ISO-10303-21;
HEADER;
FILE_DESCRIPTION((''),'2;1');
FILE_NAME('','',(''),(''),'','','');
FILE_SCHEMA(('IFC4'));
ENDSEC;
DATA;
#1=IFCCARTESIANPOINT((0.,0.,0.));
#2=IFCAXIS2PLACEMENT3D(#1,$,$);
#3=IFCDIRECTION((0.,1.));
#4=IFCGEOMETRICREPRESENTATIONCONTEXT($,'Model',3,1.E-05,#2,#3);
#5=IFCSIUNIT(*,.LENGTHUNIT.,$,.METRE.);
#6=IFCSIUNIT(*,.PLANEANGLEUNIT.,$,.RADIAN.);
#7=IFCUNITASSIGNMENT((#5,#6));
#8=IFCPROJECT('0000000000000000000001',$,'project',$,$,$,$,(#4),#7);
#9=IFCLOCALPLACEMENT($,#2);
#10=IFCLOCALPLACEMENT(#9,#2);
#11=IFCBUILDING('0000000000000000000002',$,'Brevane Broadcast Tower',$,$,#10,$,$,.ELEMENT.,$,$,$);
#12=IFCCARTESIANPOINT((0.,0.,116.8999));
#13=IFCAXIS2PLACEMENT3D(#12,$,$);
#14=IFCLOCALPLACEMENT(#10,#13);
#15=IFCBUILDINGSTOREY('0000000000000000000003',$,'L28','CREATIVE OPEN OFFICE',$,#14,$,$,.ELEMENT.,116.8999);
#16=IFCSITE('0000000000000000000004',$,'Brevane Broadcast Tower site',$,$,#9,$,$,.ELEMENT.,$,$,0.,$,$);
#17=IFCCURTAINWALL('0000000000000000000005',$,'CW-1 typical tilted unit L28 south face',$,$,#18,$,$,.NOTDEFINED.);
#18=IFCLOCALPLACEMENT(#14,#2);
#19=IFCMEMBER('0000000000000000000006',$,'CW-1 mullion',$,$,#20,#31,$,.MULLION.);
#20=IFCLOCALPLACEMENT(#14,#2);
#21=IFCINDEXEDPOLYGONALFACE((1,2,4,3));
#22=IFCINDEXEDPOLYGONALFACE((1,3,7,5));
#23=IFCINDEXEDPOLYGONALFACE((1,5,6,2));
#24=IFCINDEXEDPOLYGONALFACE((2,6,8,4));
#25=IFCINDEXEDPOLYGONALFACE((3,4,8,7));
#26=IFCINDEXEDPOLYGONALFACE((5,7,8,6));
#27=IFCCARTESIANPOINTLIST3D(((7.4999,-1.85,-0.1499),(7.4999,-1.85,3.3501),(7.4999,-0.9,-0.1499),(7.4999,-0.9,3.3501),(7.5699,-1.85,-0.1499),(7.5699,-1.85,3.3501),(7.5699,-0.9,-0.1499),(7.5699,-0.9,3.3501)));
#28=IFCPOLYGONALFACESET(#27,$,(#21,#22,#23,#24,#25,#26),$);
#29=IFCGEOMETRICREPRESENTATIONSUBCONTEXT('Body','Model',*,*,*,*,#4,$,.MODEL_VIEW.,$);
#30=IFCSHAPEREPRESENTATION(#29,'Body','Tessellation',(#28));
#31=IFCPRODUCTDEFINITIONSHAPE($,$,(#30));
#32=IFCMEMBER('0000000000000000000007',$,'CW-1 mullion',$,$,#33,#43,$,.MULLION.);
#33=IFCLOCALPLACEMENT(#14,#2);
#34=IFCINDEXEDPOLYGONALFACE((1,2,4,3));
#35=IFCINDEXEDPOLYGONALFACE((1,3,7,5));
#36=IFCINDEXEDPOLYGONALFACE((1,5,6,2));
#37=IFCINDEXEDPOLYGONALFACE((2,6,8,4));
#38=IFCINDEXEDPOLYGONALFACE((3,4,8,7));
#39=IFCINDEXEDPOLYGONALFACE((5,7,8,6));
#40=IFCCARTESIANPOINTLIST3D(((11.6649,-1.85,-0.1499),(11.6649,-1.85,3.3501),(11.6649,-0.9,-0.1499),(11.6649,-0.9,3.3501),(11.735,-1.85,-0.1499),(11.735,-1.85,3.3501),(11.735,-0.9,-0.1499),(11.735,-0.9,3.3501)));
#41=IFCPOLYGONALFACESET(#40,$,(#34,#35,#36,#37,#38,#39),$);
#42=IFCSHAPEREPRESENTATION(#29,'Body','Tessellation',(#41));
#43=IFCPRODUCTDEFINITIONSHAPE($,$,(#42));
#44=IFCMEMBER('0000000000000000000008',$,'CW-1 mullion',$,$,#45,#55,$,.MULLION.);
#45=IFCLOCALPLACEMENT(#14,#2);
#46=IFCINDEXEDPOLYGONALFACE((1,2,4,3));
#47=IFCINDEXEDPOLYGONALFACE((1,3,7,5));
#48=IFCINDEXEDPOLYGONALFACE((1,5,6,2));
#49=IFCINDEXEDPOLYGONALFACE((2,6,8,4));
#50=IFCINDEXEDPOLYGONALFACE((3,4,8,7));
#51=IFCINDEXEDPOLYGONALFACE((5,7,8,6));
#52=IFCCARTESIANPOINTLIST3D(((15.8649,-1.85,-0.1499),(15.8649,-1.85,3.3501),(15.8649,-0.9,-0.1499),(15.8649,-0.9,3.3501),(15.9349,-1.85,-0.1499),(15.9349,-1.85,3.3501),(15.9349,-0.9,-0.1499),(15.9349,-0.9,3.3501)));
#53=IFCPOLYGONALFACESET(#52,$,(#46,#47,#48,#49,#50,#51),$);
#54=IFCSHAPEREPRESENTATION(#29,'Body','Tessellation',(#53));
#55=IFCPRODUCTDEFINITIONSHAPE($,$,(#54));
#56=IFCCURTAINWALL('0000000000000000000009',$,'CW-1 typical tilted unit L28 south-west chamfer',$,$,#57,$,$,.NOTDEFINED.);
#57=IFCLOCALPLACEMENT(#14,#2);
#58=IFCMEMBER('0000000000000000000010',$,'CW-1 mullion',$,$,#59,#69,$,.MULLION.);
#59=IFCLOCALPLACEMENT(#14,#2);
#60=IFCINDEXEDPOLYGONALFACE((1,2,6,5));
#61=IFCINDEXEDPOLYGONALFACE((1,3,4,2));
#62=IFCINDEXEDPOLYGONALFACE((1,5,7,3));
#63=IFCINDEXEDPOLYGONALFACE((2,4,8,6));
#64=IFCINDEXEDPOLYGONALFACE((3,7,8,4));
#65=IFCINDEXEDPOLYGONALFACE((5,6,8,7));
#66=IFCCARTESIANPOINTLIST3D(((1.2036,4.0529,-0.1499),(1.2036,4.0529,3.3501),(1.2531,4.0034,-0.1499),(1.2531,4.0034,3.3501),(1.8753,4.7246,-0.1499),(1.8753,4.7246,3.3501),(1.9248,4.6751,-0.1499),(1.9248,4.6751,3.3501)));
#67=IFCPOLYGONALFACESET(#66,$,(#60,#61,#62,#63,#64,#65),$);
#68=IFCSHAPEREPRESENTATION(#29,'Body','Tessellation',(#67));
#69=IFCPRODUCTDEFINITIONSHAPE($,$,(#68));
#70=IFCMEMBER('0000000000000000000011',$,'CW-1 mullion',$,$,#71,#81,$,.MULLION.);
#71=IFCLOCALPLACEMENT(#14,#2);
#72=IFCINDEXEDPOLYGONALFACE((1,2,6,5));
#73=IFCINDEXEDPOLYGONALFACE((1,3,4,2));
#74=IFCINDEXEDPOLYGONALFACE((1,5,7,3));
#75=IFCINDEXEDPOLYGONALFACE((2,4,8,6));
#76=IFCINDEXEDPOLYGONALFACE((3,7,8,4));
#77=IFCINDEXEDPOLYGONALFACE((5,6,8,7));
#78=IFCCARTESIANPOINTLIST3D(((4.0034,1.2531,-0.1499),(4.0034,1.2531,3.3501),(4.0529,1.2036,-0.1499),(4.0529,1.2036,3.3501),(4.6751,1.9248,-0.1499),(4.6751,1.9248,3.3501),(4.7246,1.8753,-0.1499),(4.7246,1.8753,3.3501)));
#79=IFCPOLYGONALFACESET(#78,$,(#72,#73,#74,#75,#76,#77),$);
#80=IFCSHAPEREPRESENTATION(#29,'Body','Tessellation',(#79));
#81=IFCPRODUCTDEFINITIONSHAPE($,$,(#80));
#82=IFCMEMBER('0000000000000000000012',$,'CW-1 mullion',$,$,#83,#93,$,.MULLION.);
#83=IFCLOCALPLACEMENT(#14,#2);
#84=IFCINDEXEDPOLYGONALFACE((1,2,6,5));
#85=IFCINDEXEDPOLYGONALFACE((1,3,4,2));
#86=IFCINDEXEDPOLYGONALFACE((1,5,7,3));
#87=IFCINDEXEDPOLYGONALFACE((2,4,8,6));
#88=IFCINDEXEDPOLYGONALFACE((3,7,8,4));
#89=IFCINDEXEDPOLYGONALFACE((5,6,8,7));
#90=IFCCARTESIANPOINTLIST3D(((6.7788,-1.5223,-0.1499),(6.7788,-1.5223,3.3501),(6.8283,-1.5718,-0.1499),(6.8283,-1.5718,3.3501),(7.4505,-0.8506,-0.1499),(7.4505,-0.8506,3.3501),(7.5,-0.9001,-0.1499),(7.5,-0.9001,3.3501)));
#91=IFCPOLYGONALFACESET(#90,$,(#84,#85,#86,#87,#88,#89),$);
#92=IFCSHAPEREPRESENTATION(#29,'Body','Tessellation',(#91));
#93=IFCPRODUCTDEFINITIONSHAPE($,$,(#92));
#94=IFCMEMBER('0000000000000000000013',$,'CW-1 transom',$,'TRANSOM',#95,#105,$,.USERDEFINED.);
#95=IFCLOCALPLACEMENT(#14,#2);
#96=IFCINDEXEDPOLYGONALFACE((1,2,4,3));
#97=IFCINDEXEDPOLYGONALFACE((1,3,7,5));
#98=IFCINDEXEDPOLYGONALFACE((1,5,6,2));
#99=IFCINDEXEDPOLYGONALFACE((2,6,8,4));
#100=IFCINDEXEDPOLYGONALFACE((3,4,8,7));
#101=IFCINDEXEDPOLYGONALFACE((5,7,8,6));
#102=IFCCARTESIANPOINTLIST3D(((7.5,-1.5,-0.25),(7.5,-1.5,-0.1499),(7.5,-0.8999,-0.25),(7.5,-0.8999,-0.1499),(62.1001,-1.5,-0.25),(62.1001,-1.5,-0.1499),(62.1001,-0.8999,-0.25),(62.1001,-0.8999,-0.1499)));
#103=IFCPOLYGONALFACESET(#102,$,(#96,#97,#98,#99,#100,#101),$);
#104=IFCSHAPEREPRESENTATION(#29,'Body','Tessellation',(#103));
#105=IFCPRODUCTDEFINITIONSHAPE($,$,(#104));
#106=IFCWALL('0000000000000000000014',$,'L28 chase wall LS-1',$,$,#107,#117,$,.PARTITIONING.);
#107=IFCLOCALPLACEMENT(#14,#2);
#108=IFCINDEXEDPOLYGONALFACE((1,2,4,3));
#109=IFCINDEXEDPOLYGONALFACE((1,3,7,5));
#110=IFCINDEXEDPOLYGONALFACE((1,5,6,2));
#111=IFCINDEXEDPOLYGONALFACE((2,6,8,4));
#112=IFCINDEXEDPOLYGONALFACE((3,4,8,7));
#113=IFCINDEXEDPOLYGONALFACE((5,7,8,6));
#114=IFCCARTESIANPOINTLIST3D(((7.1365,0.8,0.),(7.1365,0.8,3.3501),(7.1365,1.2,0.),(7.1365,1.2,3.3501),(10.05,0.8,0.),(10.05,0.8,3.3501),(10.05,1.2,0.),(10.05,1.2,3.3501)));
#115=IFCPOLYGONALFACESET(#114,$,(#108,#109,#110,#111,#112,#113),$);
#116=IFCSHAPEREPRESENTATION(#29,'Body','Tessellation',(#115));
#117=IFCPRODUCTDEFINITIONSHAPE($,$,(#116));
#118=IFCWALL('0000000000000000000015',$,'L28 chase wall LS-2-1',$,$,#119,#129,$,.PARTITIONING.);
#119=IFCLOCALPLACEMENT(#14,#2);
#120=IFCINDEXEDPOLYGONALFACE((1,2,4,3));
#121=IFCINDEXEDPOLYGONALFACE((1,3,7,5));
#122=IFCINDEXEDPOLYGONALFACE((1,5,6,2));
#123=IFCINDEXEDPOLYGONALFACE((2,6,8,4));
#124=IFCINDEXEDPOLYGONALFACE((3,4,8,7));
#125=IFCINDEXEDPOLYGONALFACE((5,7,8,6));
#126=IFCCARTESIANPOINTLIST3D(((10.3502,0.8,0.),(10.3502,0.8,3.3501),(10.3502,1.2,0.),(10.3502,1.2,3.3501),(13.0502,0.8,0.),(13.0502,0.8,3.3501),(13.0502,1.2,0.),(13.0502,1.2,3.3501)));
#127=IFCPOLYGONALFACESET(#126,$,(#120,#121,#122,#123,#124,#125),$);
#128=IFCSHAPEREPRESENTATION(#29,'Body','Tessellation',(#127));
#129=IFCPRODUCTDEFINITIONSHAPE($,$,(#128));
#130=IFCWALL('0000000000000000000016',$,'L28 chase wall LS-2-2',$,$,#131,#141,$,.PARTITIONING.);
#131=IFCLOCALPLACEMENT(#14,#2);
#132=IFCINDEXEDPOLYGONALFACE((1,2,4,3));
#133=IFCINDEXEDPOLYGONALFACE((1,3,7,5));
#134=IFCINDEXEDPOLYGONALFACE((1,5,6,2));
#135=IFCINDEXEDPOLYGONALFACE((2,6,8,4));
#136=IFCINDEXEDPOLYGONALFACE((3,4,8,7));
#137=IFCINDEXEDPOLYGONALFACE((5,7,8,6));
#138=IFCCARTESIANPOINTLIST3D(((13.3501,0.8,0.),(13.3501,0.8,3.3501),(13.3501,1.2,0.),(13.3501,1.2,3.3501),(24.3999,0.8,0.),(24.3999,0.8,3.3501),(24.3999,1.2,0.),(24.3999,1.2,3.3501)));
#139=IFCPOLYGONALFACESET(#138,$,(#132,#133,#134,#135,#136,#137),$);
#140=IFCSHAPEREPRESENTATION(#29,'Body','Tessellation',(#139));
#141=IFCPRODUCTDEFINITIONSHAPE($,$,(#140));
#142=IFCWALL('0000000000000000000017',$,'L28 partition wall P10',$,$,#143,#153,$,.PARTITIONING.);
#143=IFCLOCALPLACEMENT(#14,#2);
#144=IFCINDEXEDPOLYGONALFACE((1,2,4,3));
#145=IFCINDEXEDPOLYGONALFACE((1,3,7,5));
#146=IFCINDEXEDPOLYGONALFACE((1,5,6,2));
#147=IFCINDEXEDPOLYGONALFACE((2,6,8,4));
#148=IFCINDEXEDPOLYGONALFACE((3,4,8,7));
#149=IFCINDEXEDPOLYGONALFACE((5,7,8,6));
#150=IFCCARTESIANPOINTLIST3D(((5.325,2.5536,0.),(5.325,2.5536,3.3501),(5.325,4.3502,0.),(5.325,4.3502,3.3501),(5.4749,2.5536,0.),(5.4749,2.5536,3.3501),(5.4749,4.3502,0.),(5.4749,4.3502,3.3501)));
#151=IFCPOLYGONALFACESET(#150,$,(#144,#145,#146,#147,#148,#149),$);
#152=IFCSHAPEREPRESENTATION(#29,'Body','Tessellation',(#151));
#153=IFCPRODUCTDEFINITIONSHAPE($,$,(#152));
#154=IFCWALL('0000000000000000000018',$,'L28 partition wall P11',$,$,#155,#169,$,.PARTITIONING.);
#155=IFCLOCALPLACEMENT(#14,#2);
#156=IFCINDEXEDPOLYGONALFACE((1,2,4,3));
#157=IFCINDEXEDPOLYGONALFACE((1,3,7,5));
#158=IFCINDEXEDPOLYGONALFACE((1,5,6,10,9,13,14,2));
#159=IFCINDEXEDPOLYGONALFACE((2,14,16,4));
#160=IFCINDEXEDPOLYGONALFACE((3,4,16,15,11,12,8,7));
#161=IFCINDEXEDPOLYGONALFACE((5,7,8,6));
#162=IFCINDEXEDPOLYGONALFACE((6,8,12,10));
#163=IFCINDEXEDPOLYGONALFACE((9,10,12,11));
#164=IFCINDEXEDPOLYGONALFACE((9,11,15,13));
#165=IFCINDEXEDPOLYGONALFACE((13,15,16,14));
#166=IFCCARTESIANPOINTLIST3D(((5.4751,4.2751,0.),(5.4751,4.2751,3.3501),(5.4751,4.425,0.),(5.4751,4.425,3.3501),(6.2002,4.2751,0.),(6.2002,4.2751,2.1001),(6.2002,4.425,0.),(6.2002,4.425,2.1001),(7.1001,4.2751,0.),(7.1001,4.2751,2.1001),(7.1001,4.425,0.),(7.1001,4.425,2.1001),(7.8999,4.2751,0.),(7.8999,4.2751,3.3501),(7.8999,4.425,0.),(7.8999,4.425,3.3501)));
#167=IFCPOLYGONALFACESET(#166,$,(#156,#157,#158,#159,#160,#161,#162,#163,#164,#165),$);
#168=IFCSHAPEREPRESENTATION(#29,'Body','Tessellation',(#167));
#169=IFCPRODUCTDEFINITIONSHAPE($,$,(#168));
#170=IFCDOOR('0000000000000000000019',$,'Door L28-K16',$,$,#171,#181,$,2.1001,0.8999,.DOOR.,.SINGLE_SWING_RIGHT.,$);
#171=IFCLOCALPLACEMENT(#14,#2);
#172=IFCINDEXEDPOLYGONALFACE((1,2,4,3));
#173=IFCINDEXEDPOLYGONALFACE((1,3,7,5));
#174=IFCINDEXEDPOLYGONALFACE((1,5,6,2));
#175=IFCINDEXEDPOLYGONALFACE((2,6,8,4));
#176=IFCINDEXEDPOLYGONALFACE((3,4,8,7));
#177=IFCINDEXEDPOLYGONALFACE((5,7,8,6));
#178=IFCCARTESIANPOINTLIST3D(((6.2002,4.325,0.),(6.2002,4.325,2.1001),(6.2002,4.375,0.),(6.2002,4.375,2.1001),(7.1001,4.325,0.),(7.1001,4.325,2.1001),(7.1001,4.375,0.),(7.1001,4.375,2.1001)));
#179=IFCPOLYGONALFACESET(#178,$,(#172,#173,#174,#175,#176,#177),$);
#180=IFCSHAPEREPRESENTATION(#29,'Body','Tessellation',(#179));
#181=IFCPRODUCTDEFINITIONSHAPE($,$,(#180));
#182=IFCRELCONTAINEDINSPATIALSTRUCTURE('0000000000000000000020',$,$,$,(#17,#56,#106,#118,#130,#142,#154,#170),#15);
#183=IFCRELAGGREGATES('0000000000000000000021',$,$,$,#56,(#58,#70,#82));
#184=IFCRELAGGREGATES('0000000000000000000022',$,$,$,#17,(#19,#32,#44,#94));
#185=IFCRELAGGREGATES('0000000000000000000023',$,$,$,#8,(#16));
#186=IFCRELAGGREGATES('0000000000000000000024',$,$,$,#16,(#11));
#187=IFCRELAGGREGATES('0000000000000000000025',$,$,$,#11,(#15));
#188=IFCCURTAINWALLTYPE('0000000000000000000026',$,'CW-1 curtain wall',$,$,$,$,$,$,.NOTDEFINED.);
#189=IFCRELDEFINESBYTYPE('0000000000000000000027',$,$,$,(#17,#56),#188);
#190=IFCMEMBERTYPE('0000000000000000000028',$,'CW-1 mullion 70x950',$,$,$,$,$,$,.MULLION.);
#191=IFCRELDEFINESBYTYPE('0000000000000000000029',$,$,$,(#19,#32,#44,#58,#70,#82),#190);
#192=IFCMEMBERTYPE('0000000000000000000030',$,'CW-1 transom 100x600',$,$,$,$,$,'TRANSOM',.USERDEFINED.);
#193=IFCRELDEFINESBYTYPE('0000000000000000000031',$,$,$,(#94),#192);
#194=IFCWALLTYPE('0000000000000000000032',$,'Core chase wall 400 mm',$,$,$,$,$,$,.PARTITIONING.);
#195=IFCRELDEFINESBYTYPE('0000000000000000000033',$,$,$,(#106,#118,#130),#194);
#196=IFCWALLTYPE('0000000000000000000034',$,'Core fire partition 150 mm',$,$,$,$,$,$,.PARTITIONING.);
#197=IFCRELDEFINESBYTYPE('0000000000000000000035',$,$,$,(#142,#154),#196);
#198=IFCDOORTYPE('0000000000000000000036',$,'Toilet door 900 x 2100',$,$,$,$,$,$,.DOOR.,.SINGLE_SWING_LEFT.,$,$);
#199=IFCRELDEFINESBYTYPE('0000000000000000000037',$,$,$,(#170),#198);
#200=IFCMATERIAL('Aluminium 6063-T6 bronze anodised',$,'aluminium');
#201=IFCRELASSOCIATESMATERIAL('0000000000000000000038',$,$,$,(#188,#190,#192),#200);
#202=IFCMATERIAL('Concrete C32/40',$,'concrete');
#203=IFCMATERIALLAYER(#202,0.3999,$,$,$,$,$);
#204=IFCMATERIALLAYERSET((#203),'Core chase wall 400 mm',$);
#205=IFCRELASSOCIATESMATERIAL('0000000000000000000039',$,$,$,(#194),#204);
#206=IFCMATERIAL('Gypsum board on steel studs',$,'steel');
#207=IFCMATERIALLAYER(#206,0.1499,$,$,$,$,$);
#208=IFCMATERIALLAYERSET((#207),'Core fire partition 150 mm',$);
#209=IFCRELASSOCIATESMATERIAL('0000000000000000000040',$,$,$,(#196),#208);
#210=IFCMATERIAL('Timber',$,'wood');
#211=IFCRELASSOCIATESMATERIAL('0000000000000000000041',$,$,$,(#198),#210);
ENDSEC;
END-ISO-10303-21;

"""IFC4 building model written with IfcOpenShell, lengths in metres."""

from ifc_helpers import new_model, si_unit, direction, frame, frame_2d, origin, origin_2d, place, context, subcontext, project, spatial, rectangle, extrude, material, layer, layer_set, material_profile, profile_set, type_object, element, fill, aggregate, save


model = new_model("IFC4")

# Units and contexts
model_context = context("Model", 3, precision=1e-05, world=origin(), true_north=direction((0.0, 1.0)))
body_context = subcontext(model_context, "Body", "Model", "MODEL_VIEW")
ifc_project = project(units=[si_unit("LENGTHUNIT", "METRE"), si_unit("PLANEANGLEUNIT", "RADIAN")], contexts=[model_context])

# Site, building, storey
site_placement = place(None, origin())
site = spatial("IfcSite", under=ifc_project, at=site_placement, Name="Brevane Broadcast Tower site", CompositionType="ELEMENT", RefElevation=0.0)
building_placement = place(site_placement, origin())
building = spatial("IfcBuilding", under=site, at=building_placement, Name="Brevane Broadcast Tower", CompositionType="ELEMENT")
storey_placement = place(building_placement, frame((0.0, 0.0, 116.8999)))
storey = spatial("IfcBuildingStorey", under=building, at=storey_placement, Name="L28", Description="CREATIVE OPEN OFFICE", CompositionType="ELEMENT", Elevation=116.8999)

# Curtain walls, members
ifc_material_1 = material(Name="Aluminium 6063-T6 bronze anodised", Category="aluminium")
curtain_wall_type = type_object("IfcCurtainWallType", Name="CW-1 curtain wall", PredefinedType="NOTDEFINED", material=ifc_material_1)
curtain_wall_1_placement = place(storey_placement, origin())
curtain_wall_1 = element("IfcCurtainWall", 1, at=curtain_wall_1_placement, inside=storey, type_object=curtain_wall_type, Name="CW-1 typical tilted unit L28 south face", PredefinedType="NOTDEFINED")
ifc_material_profile_1 = material_profile(ifc_material_1, rectangle(XDim=0.95, YDim=0.0701, at=origin_2d()), Name="RECT 70x950")
ifc_profile_set_1 = profile_set([ifc_material_profile_1], Name="Aluminium 6063-T6 bronze anodised")
member_type_1 = type_object("IfcMemberType", Name="CW-1 mullion 70x950", PredefinedType="MULLION", material=ifc_profile_set_1)
member_1_placement = place(storey_placement, frame((7.5349, -1.375, -0.1499), z_axis=(0.0, 0.0, 1.0), x_axis=(0.0, 1.0, 0.0)))
member_1 = element("IfcMember", 2, at=member_1_placement, type_object=member_type_1, Name="CW-1 mullion", PredefinedType="MULLION", context=body_context, shape_type="SweptSolid", body=[
    extrude(rectangle(XDim=0.95, YDim=0.0701, at=origin_2d()), origin(), (0.0, 0.0, 1.0), 3.5),
])
member_2_placement = place(storey_placement, frame((11.7, -1.375, -0.1499), z_axis=(0.0, 0.0, 1.0), x_axis=(0.0, 1.0, 0.0)))
member_2 = element("IfcMember", 3, at=member_2_placement, type_object=member_type_1, Name="CW-1 mullion", PredefinedType="MULLION", context=body_context, shape_type="SweptSolid", body=[
    extrude(rectangle(XDim=0.95, YDim=0.0701, at=origin_2d()), origin(), (0.0, 0.0, 1.0), 3.5),
])
member_3_placement = place(storey_placement, frame((15.8999, -1.375, -0.1499), z_axis=(0.0, 0.0, 1.0), x_axis=(0.0, 1.0, 0.0)))
member_3 = element("IfcMember", 4, at=member_3_placement, type_object=member_type_1, Name="CW-1 mullion", PredefinedType="MULLION", context=body_context, shape_type="SweptSolid", body=[
    extrude(rectangle(XDim=0.95, YDim=0.0701, at=origin_2d()), origin(), (0.0, 0.0, 1.0), 3.5),
])
curtain_wall_2_placement = place(storey_placement, origin())
curtain_wall_2 = element("IfcCurtainWall", 5, at=curtain_wall_2_placement, inside=storey, type_object=curtain_wall_type, Name="CW-1 typical tilted unit L28 south-west chamfer", PredefinedType="NOTDEFINED")
member_4_placement = place(storey_placement, frame((1.5642, 4.364, -0.1499), z_axis=(0.0, 0.0, 1.0), x_axis=(0.707107, 0.707107, 0.0)))
member_4 = element("IfcMember", 6, at=member_4_placement, type_object=member_type_1, Name="CW-1 mullion", PredefinedType="MULLION", context=body_context, shape_type="SweptSolid", body=[
    extrude(rectangle(XDim=0.95, YDim=0.0701, at=origin_2d()), origin(), (0.0, 0.0, 1.0), 3.5),
])
member_5_placement = place(storey_placement, frame((4.364, 1.5642, -0.1499), z_axis=(0.0, 0.0, 1.0), x_axis=(0.707107, 0.707107, 0.0)))
member_5 = element("IfcMember", 7, at=member_5_placement, type_object=member_type_1, Name="CW-1 mullion", PredefinedType="MULLION", context=body_context, shape_type="SweptSolid", body=[
    extrude(rectangle(XDim=0.95, YDim=0.0701, at=origin_2d()), origin(), (0.0, 0.0, 1.0), 3.5),
])
member_6_placement = place(storey_placement, frame((7.1394, -1.2112, -0.1499), z_axis=(0.0, 0.0, 1.0), x_axis=(0.707107, 0.707107, 0.0)))
member_6 = element("IfcMember", 8, at=member_6_placement, type_object=member_type_1, Name="CW-1 mullion", PredefinedType="MULLION", context=body_context, shape_type="SweptSolid", body=[
    extrude(rectangle(XDim=0.95, YDim=0.0701, at=origin_2d()), origin(), (0.0, 0.0, 1.0), 3.5),
])
aggregate(curtain_wall_2, [member_4, member_5, member_6])

# Member
ifc_material_profile_2 = material_profile(ifc_material_1, rectangle(XDim=0.6001, YDim=0.1001, at=origin_2d()), Name="RECT 100x600")
ifc_profile_set_2 = profile_set([ifc_material_profile_2], Name="Aluminium 6063-T6 bronze anodised")
member_type_2 = type_object("IfcMemberType", Name="CW-1 transom 100x600", ElementType="TRANSOM", PredefinedType="USERDEFINED", material=ifc_profile_set_2)
member_7_placement = place(storey_placement, frame((7.5, -1.2, -0.2), z_axis=(1.0, 0.0, 0.0), x_axis=(0.0, 1.0, 0.0)))
member_7 = element("IfcMember", 9, at=member_7_placement, type_object=member_type_2, Name="CW-1 transom", ObjectType="TRANSOM", PredefinedType="USERDEFINED", context=body_context, shape_type="SweptSolid", body=[
    extrude(rectangle(XDim=0.6001, YDim=0.1001, at=origin_2d()), origin(), (0.0, 0.0, 1.0), 54.6001),
])
aggregate(curtain_wall_1, [member_1, member_2, member_3, member_7])

# Walls
ifc_material_2 = material(Name="Concrete C32/40", Category="concrete")
ifc_layer_1 = layer(ifc_material_2, 0.3999)
ifc_layer_set_1 = layer_set([ifc_layer_1], Name="Core chase wall 400 mm")
wall_type_1 = type_object("IfcWallType", Name="Core chase wall 400 mm", PredefinedType="PARTITIONING", material=ifc_layer_set_1)
wall_1_placement = place(storey_placement, frame((7.1365, 1.0, 0.0), z_axis=(0.0, 0.0, 1.0), x_axis=(1.0, 0.0, 0.0)))
element("IfcWall", 10, at=wall_1_placement, inside=storey, type_object=wall_type_1, Name="L28 chase wall LS-1", PredefinedType="PARTITIONING", context=body_context, shape_type="SweptSolid", body=[
    extrude(rectangle(XDim=2.9136, YDim=0.3999, at=frame_2d((1.4568, 0.0))), origin(), (0.0, 0.0, 1.0), 3.3501),
])
wall_2_placement = place(storey_placement, frame((10.3501, 1.0, 0.0), z_axis=(0.0, 0.0, 1.0), x_axis=(1.0, 0.0, 0.0)))
element("IfcWall", 11, at=wall_2_placement, inside=storey, type_object=wall_type_1, Name="L28 chase wall LS-2-1", PredefinedType="PARTITIONING", context=body_context, shape_type="SweptSolid", body=[
    extrude(rectangle(XDim=2.7, YDim=0.3999, at=frame_2d((1.3501, 0.0))), origin(), (0.0, 0.0, 1.0), 3.3501),
])
wall_3_placement = place(storey_placement, frame((13.3501, 1.0, 0.0), z_axis=(0.0, 0.0, 1.0), x_axis=(1.0, 0.0, 0.0)))
element("IfcWall", 12, at=wall_3_placement, inside=storey, type_object=wall_type_1, Name="L28 chase wall LS-2-2", PredefinedType="PARTITIONING", context=body_context, shape_type="SweptSolid", body=[
    extrude(rectangle(XDim=11.0498, YDim=0.3999, at=frame_2d((5.5249, 0.0))), origin(), (0.0, 0.0, 1.0), 3.3501),
])
ifc_material_3 = material(Name="Gypsum board on steel studs", Category="steel")
ifc_layer_2 = layer(ifc_material_3, 0.1499)
ifc_layer_set_2 = layer_set([ifc_layer_2], Name="Core fire partition 150 mm")
wall_type_2 = type_object("IfcWallType", Name="Core fire partition 150 mm", PredefinedType="PARTITIONING", material=ifc_layer_set_2)
wall_4_placement = place(storey_placement, frame((5.3999, 2.5535, 0.0), z_axis=(0.0, 0.0, 1.0), x_axis=(0.0, 1.0, 0.0)))
element("IfcWall", 13, at=wall_4_placement, inside=storey, type_object=wall_type_2, Name="L28 partition wall P10", PredefinedType="PARTITIONING", context=body_context, shape_type="SweptSolid", body=[
    extrude(rectangle(XDim=1.7966, YDim=0.1499, at=frame_2d((0.8984, 0.0))), origin(), (0.0, 0.0, 1.0), 3.3501),
])

# Wall, opening, door
wall_5_placement = place(storey_placement, frame((5.4751, 4.3501, 0.0), z_axis=(0.0, 0.0, 1.0), x_axis=(1.0, 0.0, 0.0)))
wall_5 = element("IfcWall", 14, at=wall_5_placement, inside=storey, type_object=wall_type_2, Name="L28 partition wall P11", PredefinedType="PARTITIONING", context=body_context, shape_type="SweptSolid", body=[
    extrude(rectangle(XDim=2.4248, YDim=0.1499, at=frame_2d((1.2124, 0.0))), origin(), (0.0, 0.0, 1.0), 3.3501),
])
opening_1_placement = place(wall_5_placement, frame((0.7251, 0.0, 0.0)))
opening_1 = element("IfcOpeningElement", 15, at=opening_1_placement, cuts=wall_5, PredefinedType="OPENING", context=body_context, shape_type="SweptSolid", body=[
    extrude(rectangle(XDim=0.8999, YDim=2.1001, at=frame_2d((0.45, 1.05))), frame((0.0, 0.085, 0.0), z_axis=(0.0, -1.0, 0.0), x_axis=(1.0, 0.0, 0.0)), (0.0, 0.0, 1.0), 0.1699),
])
ifc_material_4 = material(Name="Timber", Category="wood")
door_type_1 = type_object("IfcDoorType", Name="Toilet door 900 x 2100", OperationType="SINGLE_SWING_LEFT", PredefinedType="DOOR", material=ifc_material_4)
door_1_placement = place(opening_1_placement, origin())
door_1 = element("IfcDoor", 16, at=door_1_placement, inside=storey, type_object=door_type_1, Name="Door L28-K16", OperationType="SINGLE_SWING_RIGHT", OverallHeight=2.1001, OverallWidth=0.8999, PredefinedType="DOOR", context=body_context, shape_type="SweptSolid", body=[
    extrude(rectangle(XDim=0.8999, YDim=2.1001, at=frame_2d((0.45, 1.05))), frame((0.0, 0.0249, 0.0), z_axis=(0.0, -1.0, 0.0), x_axis=(1.0, 0.0, 0.0)), (0.0, 0.0, 1.0), 0.05),
])
fill(opening_1, door_1)

save(model, "model.ifc")
